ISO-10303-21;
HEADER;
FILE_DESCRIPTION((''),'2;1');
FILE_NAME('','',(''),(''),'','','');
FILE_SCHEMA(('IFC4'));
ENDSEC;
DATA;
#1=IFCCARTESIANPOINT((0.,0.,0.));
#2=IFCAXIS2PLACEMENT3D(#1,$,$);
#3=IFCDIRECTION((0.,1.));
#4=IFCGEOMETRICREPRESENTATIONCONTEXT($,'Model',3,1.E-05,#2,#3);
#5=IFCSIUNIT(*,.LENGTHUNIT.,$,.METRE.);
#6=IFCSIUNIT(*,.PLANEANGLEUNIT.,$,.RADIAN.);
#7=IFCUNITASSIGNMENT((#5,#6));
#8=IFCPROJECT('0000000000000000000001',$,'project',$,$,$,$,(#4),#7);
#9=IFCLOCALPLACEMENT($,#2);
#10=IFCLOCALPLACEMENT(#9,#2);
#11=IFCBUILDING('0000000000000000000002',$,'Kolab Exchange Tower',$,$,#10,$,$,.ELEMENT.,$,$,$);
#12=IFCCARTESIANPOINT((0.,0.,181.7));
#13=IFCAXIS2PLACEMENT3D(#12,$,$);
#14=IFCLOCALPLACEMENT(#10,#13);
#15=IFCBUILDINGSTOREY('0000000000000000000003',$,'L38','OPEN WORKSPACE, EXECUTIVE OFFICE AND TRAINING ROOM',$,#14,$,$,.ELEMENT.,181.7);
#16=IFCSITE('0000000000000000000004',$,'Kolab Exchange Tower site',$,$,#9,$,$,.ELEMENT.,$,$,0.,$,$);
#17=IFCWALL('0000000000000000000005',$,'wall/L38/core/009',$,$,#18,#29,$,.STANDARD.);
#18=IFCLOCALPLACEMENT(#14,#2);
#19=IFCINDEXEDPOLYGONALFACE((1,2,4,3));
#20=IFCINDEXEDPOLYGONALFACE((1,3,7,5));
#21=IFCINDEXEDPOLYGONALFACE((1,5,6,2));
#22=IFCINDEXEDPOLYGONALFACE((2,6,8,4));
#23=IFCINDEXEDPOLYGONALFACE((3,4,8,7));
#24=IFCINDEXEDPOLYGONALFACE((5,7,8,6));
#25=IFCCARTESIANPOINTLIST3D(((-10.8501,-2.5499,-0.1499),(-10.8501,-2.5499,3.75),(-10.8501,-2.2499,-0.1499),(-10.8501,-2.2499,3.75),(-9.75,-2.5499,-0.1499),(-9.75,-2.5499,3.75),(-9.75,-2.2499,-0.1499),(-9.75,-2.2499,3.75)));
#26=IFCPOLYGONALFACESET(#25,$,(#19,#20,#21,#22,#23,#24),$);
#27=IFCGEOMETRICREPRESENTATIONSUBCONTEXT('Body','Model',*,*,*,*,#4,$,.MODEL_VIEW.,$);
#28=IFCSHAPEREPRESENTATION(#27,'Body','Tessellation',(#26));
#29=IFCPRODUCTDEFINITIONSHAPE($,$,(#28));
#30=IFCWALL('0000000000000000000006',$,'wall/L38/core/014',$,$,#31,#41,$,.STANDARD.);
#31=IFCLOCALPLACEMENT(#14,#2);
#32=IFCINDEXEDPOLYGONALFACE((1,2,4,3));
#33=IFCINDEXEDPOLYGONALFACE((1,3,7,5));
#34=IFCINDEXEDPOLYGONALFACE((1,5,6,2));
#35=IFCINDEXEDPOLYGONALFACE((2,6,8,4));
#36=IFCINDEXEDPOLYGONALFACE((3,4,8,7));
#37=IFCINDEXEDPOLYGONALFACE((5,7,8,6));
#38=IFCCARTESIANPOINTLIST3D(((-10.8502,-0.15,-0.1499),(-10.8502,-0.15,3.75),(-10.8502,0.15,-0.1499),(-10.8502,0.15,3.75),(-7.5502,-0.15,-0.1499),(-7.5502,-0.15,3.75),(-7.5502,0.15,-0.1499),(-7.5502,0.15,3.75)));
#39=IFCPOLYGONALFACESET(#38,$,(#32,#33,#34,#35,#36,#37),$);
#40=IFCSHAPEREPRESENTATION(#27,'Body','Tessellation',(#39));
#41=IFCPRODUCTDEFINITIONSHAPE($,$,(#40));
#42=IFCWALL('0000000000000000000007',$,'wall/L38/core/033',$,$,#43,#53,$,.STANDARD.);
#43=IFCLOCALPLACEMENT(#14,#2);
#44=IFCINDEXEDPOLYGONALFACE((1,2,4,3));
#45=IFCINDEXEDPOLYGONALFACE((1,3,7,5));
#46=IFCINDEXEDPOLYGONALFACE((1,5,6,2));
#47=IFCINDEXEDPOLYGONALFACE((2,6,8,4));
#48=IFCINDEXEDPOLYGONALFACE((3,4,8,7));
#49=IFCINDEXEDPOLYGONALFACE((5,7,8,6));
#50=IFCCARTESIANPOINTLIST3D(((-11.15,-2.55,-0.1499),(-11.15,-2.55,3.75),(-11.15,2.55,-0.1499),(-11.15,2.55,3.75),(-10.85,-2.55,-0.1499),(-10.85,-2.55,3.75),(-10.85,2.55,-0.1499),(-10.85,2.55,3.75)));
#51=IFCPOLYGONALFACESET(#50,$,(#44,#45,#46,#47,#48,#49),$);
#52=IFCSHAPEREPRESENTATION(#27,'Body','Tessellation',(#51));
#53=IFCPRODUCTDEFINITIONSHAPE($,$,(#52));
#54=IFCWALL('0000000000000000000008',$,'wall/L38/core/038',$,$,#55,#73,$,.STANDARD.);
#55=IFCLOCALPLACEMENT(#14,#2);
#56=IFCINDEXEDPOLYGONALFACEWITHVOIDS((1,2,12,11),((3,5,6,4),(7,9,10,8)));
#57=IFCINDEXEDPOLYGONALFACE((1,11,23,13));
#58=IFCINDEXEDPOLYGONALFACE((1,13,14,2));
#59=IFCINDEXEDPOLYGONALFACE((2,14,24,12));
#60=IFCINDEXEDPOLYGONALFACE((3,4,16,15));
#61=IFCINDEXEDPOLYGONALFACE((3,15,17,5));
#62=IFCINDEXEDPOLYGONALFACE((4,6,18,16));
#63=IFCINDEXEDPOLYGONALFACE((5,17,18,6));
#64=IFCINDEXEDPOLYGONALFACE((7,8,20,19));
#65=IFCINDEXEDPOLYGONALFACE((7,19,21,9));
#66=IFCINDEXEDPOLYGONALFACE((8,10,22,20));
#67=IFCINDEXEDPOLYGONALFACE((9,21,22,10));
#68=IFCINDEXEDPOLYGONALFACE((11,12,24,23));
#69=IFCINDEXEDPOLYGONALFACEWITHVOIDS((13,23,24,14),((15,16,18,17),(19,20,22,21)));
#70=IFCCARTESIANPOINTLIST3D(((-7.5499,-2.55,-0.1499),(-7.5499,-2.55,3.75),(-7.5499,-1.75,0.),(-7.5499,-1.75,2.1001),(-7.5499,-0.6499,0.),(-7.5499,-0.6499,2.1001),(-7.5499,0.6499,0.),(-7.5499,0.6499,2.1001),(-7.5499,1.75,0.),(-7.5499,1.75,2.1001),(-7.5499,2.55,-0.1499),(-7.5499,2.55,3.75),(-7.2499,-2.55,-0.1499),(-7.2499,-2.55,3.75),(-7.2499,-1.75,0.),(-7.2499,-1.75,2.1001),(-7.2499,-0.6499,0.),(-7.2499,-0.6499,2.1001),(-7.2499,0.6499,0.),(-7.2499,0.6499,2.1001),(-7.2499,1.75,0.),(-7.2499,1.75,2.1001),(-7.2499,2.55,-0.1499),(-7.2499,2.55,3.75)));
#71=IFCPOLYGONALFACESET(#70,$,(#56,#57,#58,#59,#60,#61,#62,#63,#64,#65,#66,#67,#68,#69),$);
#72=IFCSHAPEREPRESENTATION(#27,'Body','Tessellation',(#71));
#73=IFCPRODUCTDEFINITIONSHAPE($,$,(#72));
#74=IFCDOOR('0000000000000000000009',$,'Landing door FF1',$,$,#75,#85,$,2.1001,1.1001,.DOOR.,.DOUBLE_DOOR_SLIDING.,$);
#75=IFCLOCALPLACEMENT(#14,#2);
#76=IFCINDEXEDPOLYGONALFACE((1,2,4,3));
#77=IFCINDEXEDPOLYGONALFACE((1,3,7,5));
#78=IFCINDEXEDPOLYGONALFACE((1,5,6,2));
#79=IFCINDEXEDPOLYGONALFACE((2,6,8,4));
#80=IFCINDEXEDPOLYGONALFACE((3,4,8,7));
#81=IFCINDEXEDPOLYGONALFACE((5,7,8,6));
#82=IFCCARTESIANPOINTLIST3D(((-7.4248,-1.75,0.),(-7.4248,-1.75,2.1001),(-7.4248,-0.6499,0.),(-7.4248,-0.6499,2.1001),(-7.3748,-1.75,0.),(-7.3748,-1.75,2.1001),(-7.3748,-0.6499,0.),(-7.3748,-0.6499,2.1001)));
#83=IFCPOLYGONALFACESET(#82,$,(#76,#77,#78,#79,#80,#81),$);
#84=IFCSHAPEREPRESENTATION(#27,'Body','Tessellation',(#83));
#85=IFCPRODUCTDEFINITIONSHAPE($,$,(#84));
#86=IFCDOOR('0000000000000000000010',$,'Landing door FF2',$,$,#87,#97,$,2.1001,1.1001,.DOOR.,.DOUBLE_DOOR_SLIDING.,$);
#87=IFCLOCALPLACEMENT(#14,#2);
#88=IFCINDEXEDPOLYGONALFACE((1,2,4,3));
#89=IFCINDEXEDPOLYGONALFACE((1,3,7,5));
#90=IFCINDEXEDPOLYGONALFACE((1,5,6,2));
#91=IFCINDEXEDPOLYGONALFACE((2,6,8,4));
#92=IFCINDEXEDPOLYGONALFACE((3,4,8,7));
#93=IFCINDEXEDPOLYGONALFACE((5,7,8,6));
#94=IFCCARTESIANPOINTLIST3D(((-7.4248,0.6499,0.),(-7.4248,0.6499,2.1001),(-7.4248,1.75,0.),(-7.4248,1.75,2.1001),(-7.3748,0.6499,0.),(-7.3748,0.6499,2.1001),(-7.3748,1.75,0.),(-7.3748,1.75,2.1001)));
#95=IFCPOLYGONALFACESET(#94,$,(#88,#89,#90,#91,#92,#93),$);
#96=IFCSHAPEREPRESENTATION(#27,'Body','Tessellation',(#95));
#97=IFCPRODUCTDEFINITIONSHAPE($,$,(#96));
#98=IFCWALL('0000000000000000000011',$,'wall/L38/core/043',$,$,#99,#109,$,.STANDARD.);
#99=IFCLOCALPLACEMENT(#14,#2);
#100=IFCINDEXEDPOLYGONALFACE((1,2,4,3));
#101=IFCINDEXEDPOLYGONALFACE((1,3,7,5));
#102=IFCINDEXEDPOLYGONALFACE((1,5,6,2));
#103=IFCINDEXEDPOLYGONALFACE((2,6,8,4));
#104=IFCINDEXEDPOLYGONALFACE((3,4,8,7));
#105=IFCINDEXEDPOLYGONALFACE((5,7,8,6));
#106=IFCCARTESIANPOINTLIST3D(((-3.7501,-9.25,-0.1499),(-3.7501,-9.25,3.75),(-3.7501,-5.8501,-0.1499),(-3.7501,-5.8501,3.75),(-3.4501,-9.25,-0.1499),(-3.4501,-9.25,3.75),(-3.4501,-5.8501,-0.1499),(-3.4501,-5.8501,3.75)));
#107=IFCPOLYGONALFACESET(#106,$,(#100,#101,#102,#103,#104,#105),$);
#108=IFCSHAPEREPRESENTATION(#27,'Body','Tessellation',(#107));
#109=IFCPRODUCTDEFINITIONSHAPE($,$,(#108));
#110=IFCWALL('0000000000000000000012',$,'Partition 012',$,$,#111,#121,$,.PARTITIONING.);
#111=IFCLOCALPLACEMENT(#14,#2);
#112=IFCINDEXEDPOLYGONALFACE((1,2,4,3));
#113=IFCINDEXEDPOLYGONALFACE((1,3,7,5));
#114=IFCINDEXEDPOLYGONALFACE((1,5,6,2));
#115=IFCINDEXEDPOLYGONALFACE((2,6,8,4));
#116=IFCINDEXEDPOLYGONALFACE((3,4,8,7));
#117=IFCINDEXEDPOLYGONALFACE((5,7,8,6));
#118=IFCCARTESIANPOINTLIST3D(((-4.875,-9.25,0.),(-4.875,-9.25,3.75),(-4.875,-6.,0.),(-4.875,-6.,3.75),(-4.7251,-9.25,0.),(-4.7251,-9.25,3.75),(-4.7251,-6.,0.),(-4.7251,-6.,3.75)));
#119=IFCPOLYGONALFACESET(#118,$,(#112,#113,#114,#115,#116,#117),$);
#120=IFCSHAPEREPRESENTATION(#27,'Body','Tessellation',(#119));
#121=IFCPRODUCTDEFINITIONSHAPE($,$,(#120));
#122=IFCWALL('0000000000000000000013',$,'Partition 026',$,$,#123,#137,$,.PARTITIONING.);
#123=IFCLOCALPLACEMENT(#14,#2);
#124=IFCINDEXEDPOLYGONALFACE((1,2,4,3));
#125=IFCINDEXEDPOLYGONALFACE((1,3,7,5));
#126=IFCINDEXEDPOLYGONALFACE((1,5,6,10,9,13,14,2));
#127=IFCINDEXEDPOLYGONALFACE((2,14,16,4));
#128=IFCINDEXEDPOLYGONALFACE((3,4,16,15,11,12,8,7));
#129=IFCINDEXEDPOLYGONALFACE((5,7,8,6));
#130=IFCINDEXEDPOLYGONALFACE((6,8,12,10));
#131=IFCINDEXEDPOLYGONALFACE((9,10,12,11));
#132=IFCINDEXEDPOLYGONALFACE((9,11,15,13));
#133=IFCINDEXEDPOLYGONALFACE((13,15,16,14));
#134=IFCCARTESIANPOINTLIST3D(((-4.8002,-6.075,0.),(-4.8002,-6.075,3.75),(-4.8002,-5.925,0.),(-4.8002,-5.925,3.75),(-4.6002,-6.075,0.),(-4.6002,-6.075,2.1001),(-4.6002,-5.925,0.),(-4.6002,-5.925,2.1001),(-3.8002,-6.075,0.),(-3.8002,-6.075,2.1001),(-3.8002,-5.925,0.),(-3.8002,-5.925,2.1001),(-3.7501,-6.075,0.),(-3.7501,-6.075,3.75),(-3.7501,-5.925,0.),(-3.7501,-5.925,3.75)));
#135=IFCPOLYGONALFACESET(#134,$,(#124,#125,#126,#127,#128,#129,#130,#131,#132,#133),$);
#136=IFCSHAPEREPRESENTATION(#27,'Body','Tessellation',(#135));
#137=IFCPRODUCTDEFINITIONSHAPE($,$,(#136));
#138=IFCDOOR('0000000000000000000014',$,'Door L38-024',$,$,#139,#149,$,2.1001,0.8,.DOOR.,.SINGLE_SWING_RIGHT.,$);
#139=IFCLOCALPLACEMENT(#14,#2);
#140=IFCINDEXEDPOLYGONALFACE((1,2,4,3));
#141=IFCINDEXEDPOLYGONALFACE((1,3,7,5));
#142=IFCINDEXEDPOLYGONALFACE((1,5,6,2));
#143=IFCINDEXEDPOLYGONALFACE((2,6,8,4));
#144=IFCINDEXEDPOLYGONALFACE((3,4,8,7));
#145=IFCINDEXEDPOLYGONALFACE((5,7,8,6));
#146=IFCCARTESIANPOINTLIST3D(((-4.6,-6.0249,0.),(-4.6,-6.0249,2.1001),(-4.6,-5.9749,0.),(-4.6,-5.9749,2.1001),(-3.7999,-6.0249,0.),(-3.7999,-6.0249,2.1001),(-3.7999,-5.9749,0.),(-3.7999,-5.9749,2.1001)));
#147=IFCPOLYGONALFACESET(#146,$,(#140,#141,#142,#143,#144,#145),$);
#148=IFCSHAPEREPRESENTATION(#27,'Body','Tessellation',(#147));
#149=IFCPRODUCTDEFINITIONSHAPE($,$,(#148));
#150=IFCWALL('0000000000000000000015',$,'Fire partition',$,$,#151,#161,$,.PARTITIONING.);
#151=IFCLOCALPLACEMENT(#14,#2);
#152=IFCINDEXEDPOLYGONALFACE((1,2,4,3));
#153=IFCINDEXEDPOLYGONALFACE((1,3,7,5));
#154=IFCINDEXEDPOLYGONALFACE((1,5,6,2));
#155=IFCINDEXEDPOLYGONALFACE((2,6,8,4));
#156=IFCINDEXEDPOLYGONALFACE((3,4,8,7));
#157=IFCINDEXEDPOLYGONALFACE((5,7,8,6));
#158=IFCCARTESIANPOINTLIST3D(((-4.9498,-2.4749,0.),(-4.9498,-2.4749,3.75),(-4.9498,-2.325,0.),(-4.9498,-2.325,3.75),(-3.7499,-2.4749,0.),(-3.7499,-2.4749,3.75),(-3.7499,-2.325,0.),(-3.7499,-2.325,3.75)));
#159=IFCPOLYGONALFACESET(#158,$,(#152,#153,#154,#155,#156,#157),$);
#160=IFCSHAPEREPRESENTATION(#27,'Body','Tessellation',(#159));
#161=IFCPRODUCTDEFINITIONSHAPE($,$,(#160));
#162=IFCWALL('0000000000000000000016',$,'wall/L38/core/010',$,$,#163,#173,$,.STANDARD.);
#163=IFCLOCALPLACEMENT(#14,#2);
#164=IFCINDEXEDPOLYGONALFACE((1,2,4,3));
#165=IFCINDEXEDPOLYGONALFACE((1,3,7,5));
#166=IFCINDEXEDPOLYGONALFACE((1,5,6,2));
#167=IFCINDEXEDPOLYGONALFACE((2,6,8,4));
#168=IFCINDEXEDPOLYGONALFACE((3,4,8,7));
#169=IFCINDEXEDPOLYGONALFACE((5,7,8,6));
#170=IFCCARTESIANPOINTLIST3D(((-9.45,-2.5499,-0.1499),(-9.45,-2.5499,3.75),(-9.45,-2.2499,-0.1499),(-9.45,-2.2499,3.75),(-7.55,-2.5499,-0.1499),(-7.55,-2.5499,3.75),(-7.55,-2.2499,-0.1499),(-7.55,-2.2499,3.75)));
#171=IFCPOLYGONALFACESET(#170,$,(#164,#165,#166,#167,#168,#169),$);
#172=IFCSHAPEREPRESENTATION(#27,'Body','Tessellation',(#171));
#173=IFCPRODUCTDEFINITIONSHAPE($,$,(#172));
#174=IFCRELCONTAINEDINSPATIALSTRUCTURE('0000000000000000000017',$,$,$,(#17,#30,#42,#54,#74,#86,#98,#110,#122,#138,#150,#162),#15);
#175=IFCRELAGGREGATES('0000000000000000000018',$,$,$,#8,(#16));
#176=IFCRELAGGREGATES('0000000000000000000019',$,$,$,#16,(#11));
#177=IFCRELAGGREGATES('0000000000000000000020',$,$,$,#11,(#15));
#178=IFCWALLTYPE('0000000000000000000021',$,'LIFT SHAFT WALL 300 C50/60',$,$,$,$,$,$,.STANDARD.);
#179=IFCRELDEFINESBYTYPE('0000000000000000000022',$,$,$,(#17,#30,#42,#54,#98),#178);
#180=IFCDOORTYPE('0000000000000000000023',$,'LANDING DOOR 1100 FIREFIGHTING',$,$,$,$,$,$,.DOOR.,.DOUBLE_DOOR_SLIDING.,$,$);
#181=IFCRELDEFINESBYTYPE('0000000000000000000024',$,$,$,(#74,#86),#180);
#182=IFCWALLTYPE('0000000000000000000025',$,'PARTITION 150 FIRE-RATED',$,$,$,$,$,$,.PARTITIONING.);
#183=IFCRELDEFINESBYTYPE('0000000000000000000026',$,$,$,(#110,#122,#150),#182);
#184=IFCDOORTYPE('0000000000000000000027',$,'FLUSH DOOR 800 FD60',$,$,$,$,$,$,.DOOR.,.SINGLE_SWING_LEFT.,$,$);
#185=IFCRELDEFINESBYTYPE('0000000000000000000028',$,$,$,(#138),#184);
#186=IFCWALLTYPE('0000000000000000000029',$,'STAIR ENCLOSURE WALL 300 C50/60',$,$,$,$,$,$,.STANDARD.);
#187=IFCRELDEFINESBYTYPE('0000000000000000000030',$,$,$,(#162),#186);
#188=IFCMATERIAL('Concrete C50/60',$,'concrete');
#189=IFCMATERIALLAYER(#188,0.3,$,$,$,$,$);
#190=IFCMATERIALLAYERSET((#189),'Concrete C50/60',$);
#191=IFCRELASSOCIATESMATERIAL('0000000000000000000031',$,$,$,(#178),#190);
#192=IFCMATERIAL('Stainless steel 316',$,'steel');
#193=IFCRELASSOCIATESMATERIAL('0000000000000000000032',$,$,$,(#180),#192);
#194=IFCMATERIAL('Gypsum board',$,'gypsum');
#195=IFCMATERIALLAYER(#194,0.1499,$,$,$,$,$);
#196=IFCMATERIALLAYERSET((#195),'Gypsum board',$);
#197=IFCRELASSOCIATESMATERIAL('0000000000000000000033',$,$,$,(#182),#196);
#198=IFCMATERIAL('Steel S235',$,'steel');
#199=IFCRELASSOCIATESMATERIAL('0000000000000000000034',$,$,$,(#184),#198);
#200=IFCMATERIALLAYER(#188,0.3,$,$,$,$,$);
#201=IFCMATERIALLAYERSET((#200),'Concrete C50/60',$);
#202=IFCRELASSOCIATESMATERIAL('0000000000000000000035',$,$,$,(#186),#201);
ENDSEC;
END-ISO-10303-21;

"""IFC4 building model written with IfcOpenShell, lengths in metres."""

from ifc_helpers import new_model, si_unit, direction, frame, frame_2d, origin, place, context, subcontext, project, spatial, rectangle, extrude, material, layer, layer_set, type_object, element, fill, save


model = new_model("IFC4")

# Units and contexts
model_context = context("Model", 3, precision=1e-05, world=origin(), true_north=direction((0.0, 1.0)))
body_context = subcontext(model_context, "Body", "Model", "MODEL_VIEW")
ifc_project = project(units=[si_unit("LENGTHUNIT", "METRE"), si_unit("PLANEANGLEUNIT", "RADIAN")], contexts=[model_context])

# Site, building, storey
site_placement = place(None, origin())
site = spatial("IfcSite", under=ifc_project, at=site_placement, Name="Kolab Exchange Tower site", CompositionType="ELEMENT", RefElevation=0.0)
building_placement = place(site_placement, origin())
building = spatial("IfcBuilding", under=site, at=building_placement, Name="Kolab Exchange Tower", CompositionType="ELEMENT")
storey_placement = place(building_placement, frame((0.0, 0.0, 181.7)))
storey = spatial("IfcBuildingStorey", under=building, at=storey_placement, Name="L38", Description="OPEN WORKSPACE, EXECUTIVE OFFICE AND TRAINING ROOM", CompositionType="ELEMENT", Elevation=181.7)

# Walls
ifc_material_1 = material(Name="Concrete C50/60", Category="concrete")
ifc_layer_1 = layer(ifc_material_1, 0.3)
ifc_layer_set_1 = layer_set([ifc_layer_1], Name="Concrete C50/60")
wall_type_1 = type_object("IfcWallType", Name="LIFT SHAFT WALL 300 C50/60", PredefinedType="STANDARD", material=ifc_layer_set_1)
wall_1_placement = place(storey_placement, frame((-10.8501, -2.3999, -0.1499), z_axis=(0.0, 0.0, 1.0), x_axis=(1.0, 0.0, 0.0)))
element("IfcWall", 1, at=wall_1_placement, inside=storey, type_object=wall_type_1, Name="wall/L38/core/009", PredefinedType="STANDARD", context=body_context, shape_type="SweptSolid", body=[
    extrude(rectangle(XDim=1.1001, YDim=0.3, at=frame_2d((0.55, 0.0))), origin(), (0.0, 0.0, 1.0), 3.8999),
])
wall_2_placement = place(storey_placement, frame((-10.8501, 0.0, -0.1499), z_axis=(0.0, 0.0, 1.0), x_axis=(1.0, 0.0, 0.0)))
element("IfcWall", 2, at=wall_2_placement, inside=storey, type_object=wall_type_1, Name="wall/L38/core/014", PredefinedType="STANDARD", context=body_context, shape_type="SweptSolid", body=[
    extrude(rectangle(XDim=3.3, YDim=0.3, at=frame_2d((1.6499, 0.0))), origin(), (0.0, 0.0, 1.0), 3.8999),
])
wall_3_placement = place(storey_placement, frame((-11.0, -2.55, -0.1499), z_axis=(0.0, 0.0, 1.0), x_axis=(0.0, 1.0, 0.0)))
element("IfcWall", 3, at=wall_3_placement, inside=storey, type_object=wall_type_1, Name="wall/L38/core/033", PredefinedType="STANDARD", context=body_context, shape_type="SweptSolid", body=[
    extrude(rectangle(XDim=5.1001, YDim=0.3, at=frame_2d((2.55, 0.0))), origin(), (0.0, 0.0, 1.0), 3.8999),
])

# Wall, openings, doors
wall_4_placement = place(storey_placement, frame((-7.3999, -2.55, -0.1499), z_axis=(0.0, 0.0, 1.0), x_axis=(0.0, 1.0, 0.0)))
wall_4 = element("IfcWall", 4, at=wall_4_placement, inside=storey, type_object=wall_type_1, Name="wall/L38/core/038", PredefinedType="STANDARD", context=body_context, shape_type="SweptSolid", body=[
    extrude(rectangle(XDim=5.1001, YDim=0.3, at=frame_2d((2.55, 0.0))), origin(), (0.0, 0.0, 1.0), 3.8999),
])
opening_1_placement = place(wall_4_placement, frame((0.8, 0.0, 0.1499)))
opening_1 = element("IfcOpeningElement", 5, at=opening_1_placement, cuts=wall_4, PredefinedType="OPENING", context=body_context, shape_type="SweptSolid", body=[
    extrude(rectangle(XDim=1.1001, YDim=2.1001, at=frame_2d((0.55, 1.05))), frame((0.0, 0.1602, 0.0), z_axis=(0.0, -1.0, 0.0), x_axis=(1.0, 0.0, 0.0)), (0.0, 0.0, 1.0), 0.3201),
])
opening_2_placement = place(wall_4_placement, frame((3.2, 0.0, 0.1499)))
opening_2 = element("IfcOpeningElement", 6, at=opening_2_placement, cuts=wall_4, PredefinedType="OPENING", context=body_context, shape_type="SweptSolid", body=[
    extrude(rectangle(XDim=1.1001, YDim=2.1001, at=frame_2d((0.55, 1.05))), frame((0.0, 0.1602, 0.0), z_axis=(0.0, -1.0, 0.0), x_axis=(1.0, 0.0, 0.0)), (0.0, 0.0, 1.0), 0.3201),
])
ifc_material_2 = material(Name="Stainless steel 316", Category="steel")
door_type_1 = type_object("IfcDoorType", Name="LANDING DOOR 1100 FIREFIGHTING", OperationType="DOUBLE_DOOR_SLIDING", PredefinedType="DOOR", material=ifc_material_2)
door_1_placement = place(opening_1_placement, origin())
door_1 = element("IfcDoor", 7, at=door_1_placement, inside=storey, type_object=door_type_1, Name="Landing door FF1", OperationType="DOUBLE_DOOR_SLIDING", OverallHeight=2.1001, OverallWidth=1.1001, PredefinedType="DOOR", context=body_context, shape_type="SweptSolid", body=[
    extrude(rectangle(XDim=1.1001, YDim=2.1001, at=frame_2d((0.55, 1.05))), frame((0.0, 0.0249, 0.0), z_axis=(0.0, -1.0, 0.0), x_axis=(1.0, 0.0, 0.0)), (0.0, 0.0, 1.0), 0.05),
])
fill(opening_1, door_1)
door_2_placement = place(opening_2_placement, origin())
door_2 = element("IfcDoor", 8, at=door_2_placement, inside=storey, type_object=door_type_1, Name="Landing door FF2", OperationType="DOUBLE_DOOR_SLIDING", OverallHeight=2.1001, OverallWidth=1.1001, PredefinedType="DOOR", context=body_context, shape_type="SweptSolid", body=[
    extrude(rectangle(XDim=1.1001, YDim=2.1001, at=frame_2d((0.55, 1.05))), frame((0.0, 0.0249, 0.0), z_axis=(0.0, -1.0, 0.0), x_axis=(1.0, 0.0, 0.0)), (0.0, 0.0, 1.0), 0.05),
])
fill(opening_2, door_2)

# Walls
wall_5_placement = place(storey_placement, frame((-3.6001, -9.25, -0.1499), z_axis=(0.0, 0.0, 1.0), x_axis=(0.0, 1.0, 0.0)))
element("IfcWall", 9, at=wall_5_placement, inside=storey, type_object=wall_type_1, Name="wall/L38/core/043", PredefinedType="STANDARD", context=body_context, shape_type="SweptSolid", body=[
    extrude(rectangle(XDim=3.3999, YDim=0.3, at=frame_2d((1.7, 0.0))), origin(), (0.0, 0.0, 1.0), 3.8999),
])
ifc_material_3 = material(Name="Gypsum board", Category="gypsum")
ifc_layer_2 = layer(ifc_material_3, 0.1499)
ifc_layer_set_2 = layer_set([ifc_layer_2], Name="Gypsum board")
wall_type_2 = type_object("IfcWallType", Name="PARTITION 150 FIRE-RATED", PredefinedType="PARTITIONING", material=ifc_layer_set_2)
wall_6_placement = place(storey_placement, frame((-4.8, -9.25, 0.0), z_axis=(0.0, 0.0, 1.0), x_axis=(0.0, 1.0, 0.0)))
element("IfcWall", 10, at=wall_6_placement, inside=storey, type_object=wall_type_2, Name="Partition 012", PredefinedType="PARTITIONING", context=body_context, shape_type="SweptSolid", body=[
    extrude(rectangle(XDim=3.25, YDim=0.1499, at=frame_2d((1.625, 0.0))), origin(), (0.0, 0.0, 1.0), 3.75),
])

# Wall, opening, door
wall_7_placement = place(storey_placement, frame((-4.8, -6.0, 0.0), z_axis=(0.0, 0.0, 1.0), x_axis=(1.0, 0.0, 0.0)))
wall_7 = element("IfcWall", 11, at=wall_7_placement, inside=storey, type_object=wall_type_2, Name="Partition 026", PredefinedType="PARTITIONING", context=body_context, shape_type="SweptSolid", body=[
    extrude(rectangle(XDim=1.05, YDim=0.1499, at=frame_2d((0.5249, 0.0))), origin(), (0.0, 0.0, 1.0), 3.75),
])
opening_3_placement = place(wall_7_placement, frame((0.2, 0.0, 0.0)))
opening_3 = element("IfcOpeningElement", 12, at=opening_3_placement, cuts=wall_7, PredefinedType="OPENING", context=body_context, shape_type="SweptSolid", body=[
    extrude(rectangle(XDim=0.8, YDim=2.1001, at=frame_2d((0.3999, 1.05))), frame((0.0, 0.085, 0.0), z_axis=(0.0, -1.0, 0.0), x_axis=(1.0, 0.0, 0.0)), (0.0, 0.0, 1.0), 0.1699),
])
ifc_material_4 = material(Name="Steel S235", Category="steel")
door_type_2 = type_object("IfcDoorType", Name="FLUSH DOOR 800 FD60", OperationType="SINGLE_SWING_LEFT", PredefinedType="DOOR", material=ifc_material_4)
door_3_placement = place(opening_3_placement, frame((0.8, 0.0, 0.0), z_axis=(0.0, 0.0, 1.0), x_axis=(-1.0, 0.0, 0.0)))
door_3 = element("IfcDoor", 13, at=door_3_placement, inside=storey, type_object=door_type_2, Name="Door L38-024", OperationType="SINGLE_SWING_RIGHT", OverallHeight=2.1001, OverallWidth=0.8, PredefinedType="DOOR", context=body_context, shape_type="SweptSolid", body=[
    extrude(rectangle(XDim=0.8, YDim=2.1001, at=frame_2d((0.3999, 1.05))), frame((0.0, 0.0249, 0.0), z_axis=(0.0, -1.0, 0.0), x_axis=(1.0, 0.0, 0.0)), (0.0, 0.0, 1.0), 0.05),
])
fill(opening_3, door_3)

# Walls
wall_8_placement = place(storey_placement, frame((-4.95, -2.3999, 0.0), z_axis=(0.0, 0.0, 1.0), x_axis=(1.0, 0.0, 0.0)))
element("IfcWall", 14, at=wall_8_placement, inside=storey, type_object=wall_type_2, Name="Fire partition", PredefinedType="PARTITIONING", context=body_context, shape_type="SweptSolid", body=[
    extrude(rectangle(XDim=1.2, YDim=0.1499, at=frame_2d((0.6001, 0.0))), origin(), (0.0, 0.0, 1.0), 3.75),
])
ifc_layer_3 = layer(ifc_material_1, 0.3)
ifc_layer_set_3 = layer_set([ifc_layer_3], Name="Concrete C50/60")
wall_type_3 = type_object("IfcWallType", Name="STAIR ENCLOSURE WALL 300 C50/60", PredefinedType="STANDARD", material=ifc_layer_set_3)
wall_9_placement = place(storey_placement, frame((-9.45, -2.3999, -0.1499), z_axis=(0.0, 0.0, 1.0), x_axis=(1.0, 0.0, 0.0)))
element("IfcWall", 15, at=wall_9_placement, inside=storey, type_object=wall_type_3, Name="wall/L38/core/010", PredefinedType="STANDARD", context=body_context, shape_type="SweptSolid", body=[
    extrude(rectangle(XDim=1.8999, YDim=0.3, at=frame_2d((0.95, 0.0))), origin(), (0.0, 0.0, 1.0), 3.8999),
])

save(model, "model.ifc")
